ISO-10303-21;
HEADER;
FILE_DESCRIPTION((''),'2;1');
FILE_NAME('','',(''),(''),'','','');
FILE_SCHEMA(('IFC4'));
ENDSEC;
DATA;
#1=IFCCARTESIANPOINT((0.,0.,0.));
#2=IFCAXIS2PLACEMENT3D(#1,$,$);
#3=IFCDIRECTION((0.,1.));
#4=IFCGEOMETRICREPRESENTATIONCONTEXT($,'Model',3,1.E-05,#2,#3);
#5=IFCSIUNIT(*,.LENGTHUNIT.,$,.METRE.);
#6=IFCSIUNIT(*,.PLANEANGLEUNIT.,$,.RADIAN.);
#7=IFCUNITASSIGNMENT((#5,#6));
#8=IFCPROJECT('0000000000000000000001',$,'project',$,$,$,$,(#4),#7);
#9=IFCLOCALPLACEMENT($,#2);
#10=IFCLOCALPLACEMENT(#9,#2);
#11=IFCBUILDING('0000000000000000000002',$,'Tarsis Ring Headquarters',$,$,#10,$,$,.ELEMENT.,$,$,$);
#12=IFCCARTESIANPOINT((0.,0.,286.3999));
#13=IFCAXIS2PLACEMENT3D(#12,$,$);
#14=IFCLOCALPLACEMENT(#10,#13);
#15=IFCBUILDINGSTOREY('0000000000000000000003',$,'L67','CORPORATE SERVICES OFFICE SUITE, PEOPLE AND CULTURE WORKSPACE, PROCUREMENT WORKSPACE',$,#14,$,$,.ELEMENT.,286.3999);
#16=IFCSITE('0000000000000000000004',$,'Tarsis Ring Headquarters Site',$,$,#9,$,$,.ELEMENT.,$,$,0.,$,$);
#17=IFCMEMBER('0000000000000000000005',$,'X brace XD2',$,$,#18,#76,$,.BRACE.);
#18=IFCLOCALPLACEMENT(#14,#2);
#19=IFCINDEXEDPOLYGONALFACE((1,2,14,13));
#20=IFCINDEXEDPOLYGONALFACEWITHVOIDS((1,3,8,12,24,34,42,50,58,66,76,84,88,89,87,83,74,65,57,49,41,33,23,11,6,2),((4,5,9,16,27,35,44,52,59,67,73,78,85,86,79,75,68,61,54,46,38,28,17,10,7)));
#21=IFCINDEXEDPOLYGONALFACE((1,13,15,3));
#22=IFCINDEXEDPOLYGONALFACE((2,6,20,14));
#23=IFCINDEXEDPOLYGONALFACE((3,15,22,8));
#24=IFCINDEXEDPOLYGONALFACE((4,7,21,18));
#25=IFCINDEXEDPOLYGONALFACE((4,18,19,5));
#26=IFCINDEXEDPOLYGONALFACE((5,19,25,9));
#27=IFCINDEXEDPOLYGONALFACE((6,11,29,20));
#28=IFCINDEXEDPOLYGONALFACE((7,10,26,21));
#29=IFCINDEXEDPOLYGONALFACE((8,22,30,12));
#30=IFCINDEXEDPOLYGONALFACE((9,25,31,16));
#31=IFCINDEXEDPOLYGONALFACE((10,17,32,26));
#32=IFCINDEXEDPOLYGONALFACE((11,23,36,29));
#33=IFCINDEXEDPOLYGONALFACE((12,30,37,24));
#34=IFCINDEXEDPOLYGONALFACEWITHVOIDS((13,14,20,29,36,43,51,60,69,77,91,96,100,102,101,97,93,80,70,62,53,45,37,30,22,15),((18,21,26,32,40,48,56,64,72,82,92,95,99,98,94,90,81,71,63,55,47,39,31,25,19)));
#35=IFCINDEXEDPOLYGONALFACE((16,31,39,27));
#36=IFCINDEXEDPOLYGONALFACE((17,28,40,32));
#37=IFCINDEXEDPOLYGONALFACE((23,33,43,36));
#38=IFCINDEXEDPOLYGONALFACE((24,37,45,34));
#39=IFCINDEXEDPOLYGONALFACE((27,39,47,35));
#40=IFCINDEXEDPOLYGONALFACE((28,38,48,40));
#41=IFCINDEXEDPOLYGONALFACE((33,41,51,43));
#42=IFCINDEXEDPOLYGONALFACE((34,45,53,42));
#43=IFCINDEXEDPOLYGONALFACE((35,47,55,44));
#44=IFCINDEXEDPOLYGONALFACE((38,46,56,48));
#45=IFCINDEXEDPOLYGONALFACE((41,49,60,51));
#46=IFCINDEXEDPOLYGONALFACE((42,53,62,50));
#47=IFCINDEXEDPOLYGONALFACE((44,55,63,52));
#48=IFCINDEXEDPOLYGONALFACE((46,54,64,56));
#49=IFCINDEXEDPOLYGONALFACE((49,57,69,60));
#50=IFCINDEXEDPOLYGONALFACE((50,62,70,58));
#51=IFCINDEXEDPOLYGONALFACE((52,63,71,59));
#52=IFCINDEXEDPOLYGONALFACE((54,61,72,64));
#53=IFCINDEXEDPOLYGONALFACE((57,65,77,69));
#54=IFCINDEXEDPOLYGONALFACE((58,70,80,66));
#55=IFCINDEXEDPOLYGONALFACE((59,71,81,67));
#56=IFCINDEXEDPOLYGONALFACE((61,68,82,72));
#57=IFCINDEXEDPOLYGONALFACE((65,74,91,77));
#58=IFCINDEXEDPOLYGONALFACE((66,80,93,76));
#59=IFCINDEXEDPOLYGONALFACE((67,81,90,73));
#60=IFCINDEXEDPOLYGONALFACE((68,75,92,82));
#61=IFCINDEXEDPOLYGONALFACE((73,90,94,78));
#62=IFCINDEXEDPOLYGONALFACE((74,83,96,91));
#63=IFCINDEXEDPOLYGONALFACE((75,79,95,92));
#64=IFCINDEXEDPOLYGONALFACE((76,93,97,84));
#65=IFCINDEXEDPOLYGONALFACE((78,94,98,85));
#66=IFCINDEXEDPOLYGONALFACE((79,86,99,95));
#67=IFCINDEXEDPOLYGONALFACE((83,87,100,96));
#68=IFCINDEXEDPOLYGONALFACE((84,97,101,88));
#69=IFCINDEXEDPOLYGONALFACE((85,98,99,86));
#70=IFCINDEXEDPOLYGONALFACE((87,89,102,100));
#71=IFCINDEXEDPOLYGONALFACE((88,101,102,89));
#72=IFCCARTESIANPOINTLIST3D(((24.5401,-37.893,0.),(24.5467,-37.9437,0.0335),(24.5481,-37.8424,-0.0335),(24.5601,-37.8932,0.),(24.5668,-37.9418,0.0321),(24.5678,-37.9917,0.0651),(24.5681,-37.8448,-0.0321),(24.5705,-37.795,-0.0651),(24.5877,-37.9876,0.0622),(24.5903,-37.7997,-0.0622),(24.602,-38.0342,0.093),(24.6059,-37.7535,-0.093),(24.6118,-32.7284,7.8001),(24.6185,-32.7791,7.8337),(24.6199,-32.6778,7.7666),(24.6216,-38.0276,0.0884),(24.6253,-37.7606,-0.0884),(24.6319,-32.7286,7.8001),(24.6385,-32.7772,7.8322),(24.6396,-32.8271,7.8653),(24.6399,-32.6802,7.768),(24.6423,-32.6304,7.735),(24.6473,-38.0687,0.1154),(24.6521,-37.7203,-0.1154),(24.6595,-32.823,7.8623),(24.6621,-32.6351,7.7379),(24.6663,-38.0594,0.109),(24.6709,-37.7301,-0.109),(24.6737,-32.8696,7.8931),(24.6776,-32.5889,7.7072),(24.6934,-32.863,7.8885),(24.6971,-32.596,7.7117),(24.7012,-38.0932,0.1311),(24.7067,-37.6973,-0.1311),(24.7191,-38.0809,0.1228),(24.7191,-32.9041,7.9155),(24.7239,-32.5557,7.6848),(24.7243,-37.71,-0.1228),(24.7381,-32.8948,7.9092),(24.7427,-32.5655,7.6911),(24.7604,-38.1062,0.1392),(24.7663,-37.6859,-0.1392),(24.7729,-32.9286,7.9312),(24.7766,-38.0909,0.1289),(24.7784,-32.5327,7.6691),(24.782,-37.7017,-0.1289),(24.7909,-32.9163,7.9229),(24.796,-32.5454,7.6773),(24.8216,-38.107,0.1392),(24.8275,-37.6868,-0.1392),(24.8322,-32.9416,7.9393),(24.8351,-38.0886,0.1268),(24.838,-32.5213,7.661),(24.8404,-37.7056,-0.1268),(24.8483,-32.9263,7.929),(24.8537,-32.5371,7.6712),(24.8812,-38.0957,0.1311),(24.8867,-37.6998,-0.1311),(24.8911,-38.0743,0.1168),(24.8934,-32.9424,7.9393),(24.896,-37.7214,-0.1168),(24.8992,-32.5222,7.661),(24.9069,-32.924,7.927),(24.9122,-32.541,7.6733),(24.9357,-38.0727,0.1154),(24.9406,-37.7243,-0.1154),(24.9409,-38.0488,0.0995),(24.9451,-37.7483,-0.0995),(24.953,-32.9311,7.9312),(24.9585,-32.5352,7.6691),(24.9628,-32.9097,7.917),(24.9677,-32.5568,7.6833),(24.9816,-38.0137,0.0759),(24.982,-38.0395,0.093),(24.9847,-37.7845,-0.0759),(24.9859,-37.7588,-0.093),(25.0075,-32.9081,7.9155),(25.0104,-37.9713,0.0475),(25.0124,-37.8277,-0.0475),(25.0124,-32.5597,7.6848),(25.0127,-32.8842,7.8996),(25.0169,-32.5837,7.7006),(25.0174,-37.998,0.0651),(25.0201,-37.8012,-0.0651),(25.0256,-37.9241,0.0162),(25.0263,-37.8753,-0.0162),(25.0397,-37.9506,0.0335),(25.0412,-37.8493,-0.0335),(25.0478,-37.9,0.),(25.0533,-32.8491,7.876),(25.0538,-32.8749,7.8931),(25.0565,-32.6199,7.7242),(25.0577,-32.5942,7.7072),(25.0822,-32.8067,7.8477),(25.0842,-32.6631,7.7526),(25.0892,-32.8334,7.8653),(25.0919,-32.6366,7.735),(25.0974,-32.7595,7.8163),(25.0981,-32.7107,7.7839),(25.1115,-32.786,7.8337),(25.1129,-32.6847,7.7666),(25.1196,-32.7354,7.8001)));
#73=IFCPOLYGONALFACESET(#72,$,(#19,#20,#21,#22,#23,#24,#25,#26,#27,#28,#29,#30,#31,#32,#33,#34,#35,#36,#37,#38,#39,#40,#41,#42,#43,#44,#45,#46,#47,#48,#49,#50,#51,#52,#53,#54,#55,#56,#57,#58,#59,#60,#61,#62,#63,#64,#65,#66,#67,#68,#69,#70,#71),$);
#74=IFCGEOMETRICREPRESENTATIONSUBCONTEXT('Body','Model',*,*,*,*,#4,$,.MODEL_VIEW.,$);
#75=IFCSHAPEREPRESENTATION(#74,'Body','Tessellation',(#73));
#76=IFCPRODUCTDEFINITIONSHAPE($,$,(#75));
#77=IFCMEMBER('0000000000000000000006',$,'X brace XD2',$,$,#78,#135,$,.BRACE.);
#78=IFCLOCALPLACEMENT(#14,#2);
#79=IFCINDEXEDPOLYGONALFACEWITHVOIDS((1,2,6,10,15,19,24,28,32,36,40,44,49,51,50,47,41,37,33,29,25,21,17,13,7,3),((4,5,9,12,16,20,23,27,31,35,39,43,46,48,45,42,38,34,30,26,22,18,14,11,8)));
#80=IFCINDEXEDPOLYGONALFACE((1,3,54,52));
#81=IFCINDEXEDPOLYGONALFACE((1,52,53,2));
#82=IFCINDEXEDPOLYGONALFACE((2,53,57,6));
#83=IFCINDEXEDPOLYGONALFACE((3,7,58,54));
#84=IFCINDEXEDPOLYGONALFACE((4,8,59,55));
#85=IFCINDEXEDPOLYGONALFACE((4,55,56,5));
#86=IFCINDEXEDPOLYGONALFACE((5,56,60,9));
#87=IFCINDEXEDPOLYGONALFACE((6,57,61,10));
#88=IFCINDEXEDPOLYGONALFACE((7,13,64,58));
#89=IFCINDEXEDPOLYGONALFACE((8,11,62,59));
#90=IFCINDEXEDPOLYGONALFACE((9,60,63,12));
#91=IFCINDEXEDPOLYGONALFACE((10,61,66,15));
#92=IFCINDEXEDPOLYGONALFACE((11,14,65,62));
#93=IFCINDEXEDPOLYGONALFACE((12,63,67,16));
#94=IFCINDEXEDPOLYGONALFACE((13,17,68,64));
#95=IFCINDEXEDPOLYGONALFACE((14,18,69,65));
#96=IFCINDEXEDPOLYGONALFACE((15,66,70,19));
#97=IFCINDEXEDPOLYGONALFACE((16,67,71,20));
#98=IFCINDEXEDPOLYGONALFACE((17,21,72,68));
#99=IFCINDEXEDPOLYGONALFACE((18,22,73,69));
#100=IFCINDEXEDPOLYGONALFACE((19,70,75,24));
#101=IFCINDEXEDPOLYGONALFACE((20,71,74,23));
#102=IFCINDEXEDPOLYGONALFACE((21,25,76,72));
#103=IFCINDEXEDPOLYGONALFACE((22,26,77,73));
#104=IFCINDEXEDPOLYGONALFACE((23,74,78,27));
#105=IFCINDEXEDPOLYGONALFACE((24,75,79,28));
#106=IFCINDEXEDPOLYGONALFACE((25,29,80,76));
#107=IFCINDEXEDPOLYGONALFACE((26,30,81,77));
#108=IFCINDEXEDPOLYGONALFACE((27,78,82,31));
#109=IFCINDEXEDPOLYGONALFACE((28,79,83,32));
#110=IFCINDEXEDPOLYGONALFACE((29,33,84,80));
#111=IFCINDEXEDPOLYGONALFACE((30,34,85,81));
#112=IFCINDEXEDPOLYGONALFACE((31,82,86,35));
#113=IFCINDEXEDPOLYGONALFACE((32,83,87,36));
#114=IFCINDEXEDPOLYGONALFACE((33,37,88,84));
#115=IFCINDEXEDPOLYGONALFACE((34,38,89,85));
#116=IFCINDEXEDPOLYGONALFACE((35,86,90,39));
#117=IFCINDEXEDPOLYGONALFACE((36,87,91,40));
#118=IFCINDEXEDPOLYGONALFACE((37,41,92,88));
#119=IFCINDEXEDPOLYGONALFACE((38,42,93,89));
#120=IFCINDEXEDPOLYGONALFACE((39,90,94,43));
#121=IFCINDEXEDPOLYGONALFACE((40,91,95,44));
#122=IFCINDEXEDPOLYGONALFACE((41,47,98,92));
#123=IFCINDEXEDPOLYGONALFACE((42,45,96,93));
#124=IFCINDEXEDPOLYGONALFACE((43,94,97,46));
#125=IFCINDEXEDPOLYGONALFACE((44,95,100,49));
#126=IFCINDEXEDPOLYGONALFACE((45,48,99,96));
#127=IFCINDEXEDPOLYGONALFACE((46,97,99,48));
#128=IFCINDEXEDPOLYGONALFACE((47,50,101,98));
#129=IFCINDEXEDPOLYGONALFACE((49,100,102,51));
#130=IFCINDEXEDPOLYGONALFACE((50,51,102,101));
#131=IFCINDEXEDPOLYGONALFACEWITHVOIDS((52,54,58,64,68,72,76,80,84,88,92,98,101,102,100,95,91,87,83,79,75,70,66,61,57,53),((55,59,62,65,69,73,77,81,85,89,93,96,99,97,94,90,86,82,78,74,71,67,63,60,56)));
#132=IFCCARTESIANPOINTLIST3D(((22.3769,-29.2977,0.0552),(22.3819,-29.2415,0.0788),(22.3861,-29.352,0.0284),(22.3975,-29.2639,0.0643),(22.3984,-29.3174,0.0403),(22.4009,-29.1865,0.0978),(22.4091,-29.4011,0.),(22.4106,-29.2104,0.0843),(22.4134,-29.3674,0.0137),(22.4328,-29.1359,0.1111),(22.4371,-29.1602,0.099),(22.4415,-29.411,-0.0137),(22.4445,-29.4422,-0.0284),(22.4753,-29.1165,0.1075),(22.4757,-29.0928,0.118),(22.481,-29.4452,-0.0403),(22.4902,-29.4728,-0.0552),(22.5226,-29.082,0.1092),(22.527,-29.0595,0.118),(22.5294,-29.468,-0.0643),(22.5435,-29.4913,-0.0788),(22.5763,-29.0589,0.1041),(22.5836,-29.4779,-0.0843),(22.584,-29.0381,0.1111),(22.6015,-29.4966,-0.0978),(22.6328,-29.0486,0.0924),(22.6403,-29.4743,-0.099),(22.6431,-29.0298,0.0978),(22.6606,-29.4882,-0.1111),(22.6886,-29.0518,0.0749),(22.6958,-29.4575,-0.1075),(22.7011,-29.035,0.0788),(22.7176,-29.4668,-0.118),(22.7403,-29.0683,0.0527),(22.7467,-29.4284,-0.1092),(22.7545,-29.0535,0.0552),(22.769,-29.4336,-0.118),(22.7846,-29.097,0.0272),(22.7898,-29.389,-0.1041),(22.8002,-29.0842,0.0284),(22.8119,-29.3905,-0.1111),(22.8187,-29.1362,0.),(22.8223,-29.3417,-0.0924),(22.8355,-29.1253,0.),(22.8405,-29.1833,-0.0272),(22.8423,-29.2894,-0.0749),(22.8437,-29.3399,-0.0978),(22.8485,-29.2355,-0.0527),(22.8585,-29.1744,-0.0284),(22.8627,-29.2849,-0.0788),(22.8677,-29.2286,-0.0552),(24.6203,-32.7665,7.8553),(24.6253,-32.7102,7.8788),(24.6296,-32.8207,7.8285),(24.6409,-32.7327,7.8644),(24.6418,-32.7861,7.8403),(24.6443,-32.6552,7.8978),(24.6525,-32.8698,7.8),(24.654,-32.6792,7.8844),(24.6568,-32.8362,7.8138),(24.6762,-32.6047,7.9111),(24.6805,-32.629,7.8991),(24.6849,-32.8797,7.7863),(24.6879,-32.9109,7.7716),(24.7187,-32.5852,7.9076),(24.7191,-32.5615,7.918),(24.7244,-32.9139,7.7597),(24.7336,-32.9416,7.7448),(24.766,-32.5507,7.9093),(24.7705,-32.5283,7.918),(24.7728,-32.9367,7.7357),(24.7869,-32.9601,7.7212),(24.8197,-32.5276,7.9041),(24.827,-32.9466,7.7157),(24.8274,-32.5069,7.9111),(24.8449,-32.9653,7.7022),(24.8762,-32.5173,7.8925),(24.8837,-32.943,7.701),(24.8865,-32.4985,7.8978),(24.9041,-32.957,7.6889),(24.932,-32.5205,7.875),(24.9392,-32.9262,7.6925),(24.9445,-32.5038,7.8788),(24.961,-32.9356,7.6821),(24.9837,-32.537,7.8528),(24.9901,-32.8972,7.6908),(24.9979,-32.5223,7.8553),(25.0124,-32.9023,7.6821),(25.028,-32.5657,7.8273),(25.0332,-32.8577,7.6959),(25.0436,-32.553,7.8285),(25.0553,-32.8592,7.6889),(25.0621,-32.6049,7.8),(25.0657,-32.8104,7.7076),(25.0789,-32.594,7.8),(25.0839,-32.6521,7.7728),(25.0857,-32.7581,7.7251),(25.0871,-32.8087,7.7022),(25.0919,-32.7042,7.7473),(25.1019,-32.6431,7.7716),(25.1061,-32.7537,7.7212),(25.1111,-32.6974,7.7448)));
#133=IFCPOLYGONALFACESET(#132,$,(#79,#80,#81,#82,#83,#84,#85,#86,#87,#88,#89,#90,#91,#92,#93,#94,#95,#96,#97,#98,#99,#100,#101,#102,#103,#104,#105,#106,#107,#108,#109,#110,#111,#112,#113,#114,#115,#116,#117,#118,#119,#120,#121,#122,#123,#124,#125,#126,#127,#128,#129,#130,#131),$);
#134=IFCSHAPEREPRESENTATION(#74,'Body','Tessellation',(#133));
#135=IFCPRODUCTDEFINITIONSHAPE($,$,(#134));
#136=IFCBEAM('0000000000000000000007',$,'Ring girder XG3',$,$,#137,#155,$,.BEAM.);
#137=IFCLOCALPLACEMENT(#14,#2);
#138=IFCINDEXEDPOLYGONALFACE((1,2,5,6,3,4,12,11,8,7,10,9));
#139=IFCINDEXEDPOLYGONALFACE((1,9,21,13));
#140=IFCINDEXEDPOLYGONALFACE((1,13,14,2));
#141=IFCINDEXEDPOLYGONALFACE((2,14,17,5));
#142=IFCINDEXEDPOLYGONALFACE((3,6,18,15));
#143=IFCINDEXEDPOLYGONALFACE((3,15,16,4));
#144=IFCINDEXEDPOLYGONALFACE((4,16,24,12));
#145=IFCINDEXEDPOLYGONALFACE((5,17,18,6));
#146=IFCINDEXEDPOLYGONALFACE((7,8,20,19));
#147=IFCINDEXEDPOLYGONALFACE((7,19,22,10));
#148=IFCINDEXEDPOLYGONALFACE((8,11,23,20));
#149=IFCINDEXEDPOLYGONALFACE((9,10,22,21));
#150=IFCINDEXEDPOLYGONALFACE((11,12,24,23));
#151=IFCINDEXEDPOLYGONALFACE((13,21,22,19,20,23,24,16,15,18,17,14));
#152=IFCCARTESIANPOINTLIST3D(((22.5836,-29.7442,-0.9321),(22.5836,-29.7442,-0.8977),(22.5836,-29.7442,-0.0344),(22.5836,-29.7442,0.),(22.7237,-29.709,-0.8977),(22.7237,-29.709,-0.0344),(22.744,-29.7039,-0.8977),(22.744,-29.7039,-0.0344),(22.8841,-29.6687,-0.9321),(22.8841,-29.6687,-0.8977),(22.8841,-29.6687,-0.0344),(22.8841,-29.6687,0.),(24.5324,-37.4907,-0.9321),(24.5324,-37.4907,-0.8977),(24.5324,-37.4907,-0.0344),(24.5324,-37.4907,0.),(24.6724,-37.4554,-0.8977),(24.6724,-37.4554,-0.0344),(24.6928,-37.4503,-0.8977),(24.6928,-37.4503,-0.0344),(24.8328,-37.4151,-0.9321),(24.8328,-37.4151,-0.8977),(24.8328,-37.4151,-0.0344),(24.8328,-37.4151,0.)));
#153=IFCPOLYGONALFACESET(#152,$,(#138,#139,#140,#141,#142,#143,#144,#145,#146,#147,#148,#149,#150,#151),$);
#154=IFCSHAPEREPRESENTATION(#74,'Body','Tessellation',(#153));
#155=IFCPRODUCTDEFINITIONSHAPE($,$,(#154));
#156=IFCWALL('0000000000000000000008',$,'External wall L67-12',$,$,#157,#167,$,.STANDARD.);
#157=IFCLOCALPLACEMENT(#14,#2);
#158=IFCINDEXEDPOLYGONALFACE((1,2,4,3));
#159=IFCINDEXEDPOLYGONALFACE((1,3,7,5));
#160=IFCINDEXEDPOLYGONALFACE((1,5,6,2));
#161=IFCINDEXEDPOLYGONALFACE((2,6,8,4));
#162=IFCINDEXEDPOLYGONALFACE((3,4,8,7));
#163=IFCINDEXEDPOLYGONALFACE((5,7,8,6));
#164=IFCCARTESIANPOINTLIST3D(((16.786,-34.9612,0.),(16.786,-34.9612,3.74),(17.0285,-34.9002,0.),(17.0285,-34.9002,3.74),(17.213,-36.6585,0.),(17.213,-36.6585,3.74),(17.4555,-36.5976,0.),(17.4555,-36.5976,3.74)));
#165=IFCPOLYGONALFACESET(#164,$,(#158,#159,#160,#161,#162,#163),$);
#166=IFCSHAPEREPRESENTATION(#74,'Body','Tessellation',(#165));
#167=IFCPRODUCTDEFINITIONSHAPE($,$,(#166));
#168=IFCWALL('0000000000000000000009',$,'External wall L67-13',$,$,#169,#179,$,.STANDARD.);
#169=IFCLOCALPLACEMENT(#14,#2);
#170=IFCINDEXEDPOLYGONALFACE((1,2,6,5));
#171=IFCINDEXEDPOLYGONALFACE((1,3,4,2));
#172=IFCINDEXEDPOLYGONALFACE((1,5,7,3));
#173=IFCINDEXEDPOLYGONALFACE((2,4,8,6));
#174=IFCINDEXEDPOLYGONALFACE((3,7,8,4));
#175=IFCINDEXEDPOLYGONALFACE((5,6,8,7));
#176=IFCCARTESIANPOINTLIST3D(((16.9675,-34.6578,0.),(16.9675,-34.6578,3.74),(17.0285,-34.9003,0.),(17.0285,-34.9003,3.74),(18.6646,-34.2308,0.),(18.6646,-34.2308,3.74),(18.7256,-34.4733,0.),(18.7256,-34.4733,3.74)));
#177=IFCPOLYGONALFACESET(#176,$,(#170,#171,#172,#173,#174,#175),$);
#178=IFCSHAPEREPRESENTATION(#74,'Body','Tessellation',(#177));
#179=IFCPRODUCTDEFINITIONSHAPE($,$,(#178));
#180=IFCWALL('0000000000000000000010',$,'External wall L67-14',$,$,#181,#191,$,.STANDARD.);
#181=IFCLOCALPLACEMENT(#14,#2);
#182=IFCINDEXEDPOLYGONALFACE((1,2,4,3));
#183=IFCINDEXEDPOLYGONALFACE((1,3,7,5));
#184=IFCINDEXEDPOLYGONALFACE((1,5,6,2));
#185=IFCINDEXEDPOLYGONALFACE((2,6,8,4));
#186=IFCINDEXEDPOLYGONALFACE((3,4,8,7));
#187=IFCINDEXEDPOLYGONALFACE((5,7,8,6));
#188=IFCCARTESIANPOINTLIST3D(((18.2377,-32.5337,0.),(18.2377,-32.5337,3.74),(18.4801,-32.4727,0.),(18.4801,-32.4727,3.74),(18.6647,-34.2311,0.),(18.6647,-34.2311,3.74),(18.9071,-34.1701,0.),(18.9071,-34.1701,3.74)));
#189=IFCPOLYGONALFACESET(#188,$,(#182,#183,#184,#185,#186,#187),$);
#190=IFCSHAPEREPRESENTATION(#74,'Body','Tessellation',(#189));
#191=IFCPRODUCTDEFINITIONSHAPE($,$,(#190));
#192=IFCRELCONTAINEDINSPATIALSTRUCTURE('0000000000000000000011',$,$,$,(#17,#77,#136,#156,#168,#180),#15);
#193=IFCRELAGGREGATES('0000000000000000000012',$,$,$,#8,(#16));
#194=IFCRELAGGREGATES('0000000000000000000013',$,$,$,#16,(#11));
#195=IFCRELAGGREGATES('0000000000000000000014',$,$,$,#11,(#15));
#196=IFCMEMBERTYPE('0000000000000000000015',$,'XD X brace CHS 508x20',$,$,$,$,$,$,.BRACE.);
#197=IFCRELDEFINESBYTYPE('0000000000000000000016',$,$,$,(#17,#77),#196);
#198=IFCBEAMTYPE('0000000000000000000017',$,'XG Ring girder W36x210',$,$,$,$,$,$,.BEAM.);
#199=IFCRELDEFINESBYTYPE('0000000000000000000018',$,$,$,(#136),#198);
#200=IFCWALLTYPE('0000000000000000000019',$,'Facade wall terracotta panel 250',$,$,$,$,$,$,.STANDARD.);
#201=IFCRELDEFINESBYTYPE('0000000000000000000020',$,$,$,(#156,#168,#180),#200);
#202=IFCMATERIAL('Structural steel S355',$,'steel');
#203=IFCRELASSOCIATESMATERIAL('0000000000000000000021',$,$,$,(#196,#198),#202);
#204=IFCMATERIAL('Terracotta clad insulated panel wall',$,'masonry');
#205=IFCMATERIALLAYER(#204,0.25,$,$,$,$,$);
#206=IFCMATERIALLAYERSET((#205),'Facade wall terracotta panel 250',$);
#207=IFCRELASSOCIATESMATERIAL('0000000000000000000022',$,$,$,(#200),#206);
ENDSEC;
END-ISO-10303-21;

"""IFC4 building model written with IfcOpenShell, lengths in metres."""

from ifc_helpers import new_model, si_unit, direction, frame, frame_2d, origin, origin_2d, place, context, subcontext, project, spatial, rectangle, hollow_circle, i_section, extrude, material, layer, layer_set, material_profile, profile_set, type_object, element, save


model = new_model("IFC4")

# Units and contexts
model_context = context("Model", 3, precision=1e-05, world=origin(), true_north=direction((0.0, 1.0)))
body_context = subcontext(model_context, "Body", "Model", "MODEL_VIEW")
ifc_project = project(units=[si_unit("LENGTHUNIT", "METRE"), si_unit("PLANEANGLEUNIT", "RADIAN")], contexts=[model_context])

# Site, building, storey
site_placement = place(None, origin())
site = spatial("IfcSite", under=ifc_project, at=site_placement, Name="Tarsis Ring Headquarters Site", CompositionType="ELEMENT", RefElevation=0.0)
building_placement = place(site_placement, origin())
building = spatial("IfcBuilding", under=site, at=building_placement, Name="Tarsis Ring Headquarters", CompositionType="ELEMENT")
storey_placement = place(building_placement, frame((0.0, 0.0, 286.3999)))
storey = spatial("IfcBuildingStorey", under=building, at=storey_placement, Name="L67", Description="CORPORATE SERVICES OFFICE SUITE, PEOPLE AND CULTURE WORKSPACE, PROCUREMENT WORKSPACE", CompositionType="ELEMENT", Elevation=286.3999)

# Shared definitions
ifc_material_1 = material(Name="Structural steel S355", Category="steel")

# Members
ifc_material_profile_1 = material_profile(ifc_material_1, hollow_circle(Radius=0.2539, WallThickness=0.02, at=origin_2d()), Name="CHS 508x20")
ifc_profile_set_1 = profile_set([ifc_material_profile_1], Name="Structural steel S355")
member_type = type_object("IfcMemberType", Name="XD X brace CHS 508x20", PredefinedType="BRACE", material=ifc_profile_set_1)
member_1_placement = place(storey_placement, frame((24.7939, -37.8965, 0.0), z_axis=(0.007673, 0.552055, 0.833772), x_axis=(-0.999903, 0.013897, 0.0)))
element("IfcMember", 1, at=member_1_placement, inside=storey, type_object=member_type, Name="X brace XD2", PredefinedType="BRACE", context=body_context, shape_type="SweptSolid", body=[
    extrude(hollow_circle(Radius=0.2539, WallThickness=0.02, at=origin_2d()), origin(), (0.0, 0.0, 1.0), 9.3552),
])
member_2_placement = place(storey_placement, frame((22.6223, -29.2632, 0.0), z_axis=(0.254169, -0.392996, 0.883715), x_axis=(0.839689, 0.543067, 0.0)))
element("IfcMember", 2, at=member_2_placement, inside=storey, type_object=member_type, Name="X brace XD2", PredefinedType="BRACE", context=body_context, shape_type="SweptSolid", body=[
    extrude(hollow_circle(Radius=0.2539, WallThickness=0.02, at=origin_2d()), origin(), (0.0, 0.0, 1.0), 8.8264),
])

# Beam
ifc_material_profile_2 = material_profile(ifc_material_1, i_section(OverallWidth=0.3098, OverallDepth=0.9321, WebThickness=0.021, FlangeThickness=0.0344, at=origin_2d()), Name="W36x210")
ifc_profile_set_2 = profile_set([ifc_material_profile_2], Name="Structural steel S355")
beam_type = type_object("IfcBeamType", Name="XG Ring girder W36x210", PredefinedType="BEAM", material=ifc_profile_set_2)
beam_placement = place(storey_placement, frame((24.6826, -37.4529, -0.4661), z_axis=(-0.243967, 0.969784, 0.0), x_axis=(-0.969784, -0.243967, 0.0)))
element("IfcBeam", 3, at=beam_placement, inside=storey, type_object=beam_type, Name="Ring girder XG3", PredefinedType="BEAM", context=body_context, shape_type="SweptSolid", body=[
    extrude(i_section(OverallWidth=0.3098, OverallDepth=0.9321, WebThickness=0.021, FlangeThickness=0.0344, at=origin_2d()), origin(), (0.0, 0.0, 1.0), 7.9878),
])

# Walls
ifc_material_2 = material(Name="Terracotta clad insulated panel wall", Category="masonry")
ifc_layer = layer(ifc_material_2, 0.25)
ifc_layer_set = layer_set([ifc_layer], Name="Facade wall terracotta panel 250")
wall_type = type_object("IfcWallType", Name="Facade wall terracotta panel 250", PredefinedType="STANDARD", material=ifc_layer_set)
wall_1_placement = place(storey_placement, frame((17.3342, -36.6279, 0.0), z_axis=(0.0, 0.0, 1.0), x_axis=(-0.24398, 0.96978, 0.0)))
element("IfcWall", 4, at=wall_1_placement, inside=storey, type_object=wall_type, Name="External wall L67-12", PredefinedType="STANDARD", context=body_context, shape_type="SweptSolid", body=[
    extrude(rectangle(XDim=1.7502, YDim=0.25, at=frame_2d((0.875, 0.0))), origin(), (0.0, 0.0, 1.0), 3.74),
])
wall_2_placement = place(storey_placement, frame((16.998, -34.7791, 0.0), z_axis=(0.0, 0.0, 1.0), x_axis=(0.969772, 0.244013, 0.0)))
element("IfcWall", 5, at=wall_2_placement, inside=storey, type_object=wall_type, Name="External wall L67-13", PredefinedType="STANDARD", context=body_context, shape_type="SweptSolid", body=[
    extrude(rectangle(XDim=1.75, YDim=0.25, at=frame_2d((0.875, 0.0))), origin(), (0.0, 0.0, 1.0), 3.74),
])
wall_3_placement = place(storey_placement, frame((18.7859, -34.2004, 0.0), z_axis=(0.0, 0.0, 1.0), x_axis=(-0.24398, 0.96978, 0.0)))
element("IfcWall", 6, at=wall_3_placement, inside=storey, type_object=wall_type, Name="External wall L67-14", PredefinedType="STANDARD", context=body_context, shape_type="SweptSolid", body=[
    extrude(rectangle(XDim=1.7502, YDim=0.25, at=frame_2d((0.875, 0.0))), origin(), (0.0, 0.0, 1.0), 3.74),
])

save(model, "model.ifc")
